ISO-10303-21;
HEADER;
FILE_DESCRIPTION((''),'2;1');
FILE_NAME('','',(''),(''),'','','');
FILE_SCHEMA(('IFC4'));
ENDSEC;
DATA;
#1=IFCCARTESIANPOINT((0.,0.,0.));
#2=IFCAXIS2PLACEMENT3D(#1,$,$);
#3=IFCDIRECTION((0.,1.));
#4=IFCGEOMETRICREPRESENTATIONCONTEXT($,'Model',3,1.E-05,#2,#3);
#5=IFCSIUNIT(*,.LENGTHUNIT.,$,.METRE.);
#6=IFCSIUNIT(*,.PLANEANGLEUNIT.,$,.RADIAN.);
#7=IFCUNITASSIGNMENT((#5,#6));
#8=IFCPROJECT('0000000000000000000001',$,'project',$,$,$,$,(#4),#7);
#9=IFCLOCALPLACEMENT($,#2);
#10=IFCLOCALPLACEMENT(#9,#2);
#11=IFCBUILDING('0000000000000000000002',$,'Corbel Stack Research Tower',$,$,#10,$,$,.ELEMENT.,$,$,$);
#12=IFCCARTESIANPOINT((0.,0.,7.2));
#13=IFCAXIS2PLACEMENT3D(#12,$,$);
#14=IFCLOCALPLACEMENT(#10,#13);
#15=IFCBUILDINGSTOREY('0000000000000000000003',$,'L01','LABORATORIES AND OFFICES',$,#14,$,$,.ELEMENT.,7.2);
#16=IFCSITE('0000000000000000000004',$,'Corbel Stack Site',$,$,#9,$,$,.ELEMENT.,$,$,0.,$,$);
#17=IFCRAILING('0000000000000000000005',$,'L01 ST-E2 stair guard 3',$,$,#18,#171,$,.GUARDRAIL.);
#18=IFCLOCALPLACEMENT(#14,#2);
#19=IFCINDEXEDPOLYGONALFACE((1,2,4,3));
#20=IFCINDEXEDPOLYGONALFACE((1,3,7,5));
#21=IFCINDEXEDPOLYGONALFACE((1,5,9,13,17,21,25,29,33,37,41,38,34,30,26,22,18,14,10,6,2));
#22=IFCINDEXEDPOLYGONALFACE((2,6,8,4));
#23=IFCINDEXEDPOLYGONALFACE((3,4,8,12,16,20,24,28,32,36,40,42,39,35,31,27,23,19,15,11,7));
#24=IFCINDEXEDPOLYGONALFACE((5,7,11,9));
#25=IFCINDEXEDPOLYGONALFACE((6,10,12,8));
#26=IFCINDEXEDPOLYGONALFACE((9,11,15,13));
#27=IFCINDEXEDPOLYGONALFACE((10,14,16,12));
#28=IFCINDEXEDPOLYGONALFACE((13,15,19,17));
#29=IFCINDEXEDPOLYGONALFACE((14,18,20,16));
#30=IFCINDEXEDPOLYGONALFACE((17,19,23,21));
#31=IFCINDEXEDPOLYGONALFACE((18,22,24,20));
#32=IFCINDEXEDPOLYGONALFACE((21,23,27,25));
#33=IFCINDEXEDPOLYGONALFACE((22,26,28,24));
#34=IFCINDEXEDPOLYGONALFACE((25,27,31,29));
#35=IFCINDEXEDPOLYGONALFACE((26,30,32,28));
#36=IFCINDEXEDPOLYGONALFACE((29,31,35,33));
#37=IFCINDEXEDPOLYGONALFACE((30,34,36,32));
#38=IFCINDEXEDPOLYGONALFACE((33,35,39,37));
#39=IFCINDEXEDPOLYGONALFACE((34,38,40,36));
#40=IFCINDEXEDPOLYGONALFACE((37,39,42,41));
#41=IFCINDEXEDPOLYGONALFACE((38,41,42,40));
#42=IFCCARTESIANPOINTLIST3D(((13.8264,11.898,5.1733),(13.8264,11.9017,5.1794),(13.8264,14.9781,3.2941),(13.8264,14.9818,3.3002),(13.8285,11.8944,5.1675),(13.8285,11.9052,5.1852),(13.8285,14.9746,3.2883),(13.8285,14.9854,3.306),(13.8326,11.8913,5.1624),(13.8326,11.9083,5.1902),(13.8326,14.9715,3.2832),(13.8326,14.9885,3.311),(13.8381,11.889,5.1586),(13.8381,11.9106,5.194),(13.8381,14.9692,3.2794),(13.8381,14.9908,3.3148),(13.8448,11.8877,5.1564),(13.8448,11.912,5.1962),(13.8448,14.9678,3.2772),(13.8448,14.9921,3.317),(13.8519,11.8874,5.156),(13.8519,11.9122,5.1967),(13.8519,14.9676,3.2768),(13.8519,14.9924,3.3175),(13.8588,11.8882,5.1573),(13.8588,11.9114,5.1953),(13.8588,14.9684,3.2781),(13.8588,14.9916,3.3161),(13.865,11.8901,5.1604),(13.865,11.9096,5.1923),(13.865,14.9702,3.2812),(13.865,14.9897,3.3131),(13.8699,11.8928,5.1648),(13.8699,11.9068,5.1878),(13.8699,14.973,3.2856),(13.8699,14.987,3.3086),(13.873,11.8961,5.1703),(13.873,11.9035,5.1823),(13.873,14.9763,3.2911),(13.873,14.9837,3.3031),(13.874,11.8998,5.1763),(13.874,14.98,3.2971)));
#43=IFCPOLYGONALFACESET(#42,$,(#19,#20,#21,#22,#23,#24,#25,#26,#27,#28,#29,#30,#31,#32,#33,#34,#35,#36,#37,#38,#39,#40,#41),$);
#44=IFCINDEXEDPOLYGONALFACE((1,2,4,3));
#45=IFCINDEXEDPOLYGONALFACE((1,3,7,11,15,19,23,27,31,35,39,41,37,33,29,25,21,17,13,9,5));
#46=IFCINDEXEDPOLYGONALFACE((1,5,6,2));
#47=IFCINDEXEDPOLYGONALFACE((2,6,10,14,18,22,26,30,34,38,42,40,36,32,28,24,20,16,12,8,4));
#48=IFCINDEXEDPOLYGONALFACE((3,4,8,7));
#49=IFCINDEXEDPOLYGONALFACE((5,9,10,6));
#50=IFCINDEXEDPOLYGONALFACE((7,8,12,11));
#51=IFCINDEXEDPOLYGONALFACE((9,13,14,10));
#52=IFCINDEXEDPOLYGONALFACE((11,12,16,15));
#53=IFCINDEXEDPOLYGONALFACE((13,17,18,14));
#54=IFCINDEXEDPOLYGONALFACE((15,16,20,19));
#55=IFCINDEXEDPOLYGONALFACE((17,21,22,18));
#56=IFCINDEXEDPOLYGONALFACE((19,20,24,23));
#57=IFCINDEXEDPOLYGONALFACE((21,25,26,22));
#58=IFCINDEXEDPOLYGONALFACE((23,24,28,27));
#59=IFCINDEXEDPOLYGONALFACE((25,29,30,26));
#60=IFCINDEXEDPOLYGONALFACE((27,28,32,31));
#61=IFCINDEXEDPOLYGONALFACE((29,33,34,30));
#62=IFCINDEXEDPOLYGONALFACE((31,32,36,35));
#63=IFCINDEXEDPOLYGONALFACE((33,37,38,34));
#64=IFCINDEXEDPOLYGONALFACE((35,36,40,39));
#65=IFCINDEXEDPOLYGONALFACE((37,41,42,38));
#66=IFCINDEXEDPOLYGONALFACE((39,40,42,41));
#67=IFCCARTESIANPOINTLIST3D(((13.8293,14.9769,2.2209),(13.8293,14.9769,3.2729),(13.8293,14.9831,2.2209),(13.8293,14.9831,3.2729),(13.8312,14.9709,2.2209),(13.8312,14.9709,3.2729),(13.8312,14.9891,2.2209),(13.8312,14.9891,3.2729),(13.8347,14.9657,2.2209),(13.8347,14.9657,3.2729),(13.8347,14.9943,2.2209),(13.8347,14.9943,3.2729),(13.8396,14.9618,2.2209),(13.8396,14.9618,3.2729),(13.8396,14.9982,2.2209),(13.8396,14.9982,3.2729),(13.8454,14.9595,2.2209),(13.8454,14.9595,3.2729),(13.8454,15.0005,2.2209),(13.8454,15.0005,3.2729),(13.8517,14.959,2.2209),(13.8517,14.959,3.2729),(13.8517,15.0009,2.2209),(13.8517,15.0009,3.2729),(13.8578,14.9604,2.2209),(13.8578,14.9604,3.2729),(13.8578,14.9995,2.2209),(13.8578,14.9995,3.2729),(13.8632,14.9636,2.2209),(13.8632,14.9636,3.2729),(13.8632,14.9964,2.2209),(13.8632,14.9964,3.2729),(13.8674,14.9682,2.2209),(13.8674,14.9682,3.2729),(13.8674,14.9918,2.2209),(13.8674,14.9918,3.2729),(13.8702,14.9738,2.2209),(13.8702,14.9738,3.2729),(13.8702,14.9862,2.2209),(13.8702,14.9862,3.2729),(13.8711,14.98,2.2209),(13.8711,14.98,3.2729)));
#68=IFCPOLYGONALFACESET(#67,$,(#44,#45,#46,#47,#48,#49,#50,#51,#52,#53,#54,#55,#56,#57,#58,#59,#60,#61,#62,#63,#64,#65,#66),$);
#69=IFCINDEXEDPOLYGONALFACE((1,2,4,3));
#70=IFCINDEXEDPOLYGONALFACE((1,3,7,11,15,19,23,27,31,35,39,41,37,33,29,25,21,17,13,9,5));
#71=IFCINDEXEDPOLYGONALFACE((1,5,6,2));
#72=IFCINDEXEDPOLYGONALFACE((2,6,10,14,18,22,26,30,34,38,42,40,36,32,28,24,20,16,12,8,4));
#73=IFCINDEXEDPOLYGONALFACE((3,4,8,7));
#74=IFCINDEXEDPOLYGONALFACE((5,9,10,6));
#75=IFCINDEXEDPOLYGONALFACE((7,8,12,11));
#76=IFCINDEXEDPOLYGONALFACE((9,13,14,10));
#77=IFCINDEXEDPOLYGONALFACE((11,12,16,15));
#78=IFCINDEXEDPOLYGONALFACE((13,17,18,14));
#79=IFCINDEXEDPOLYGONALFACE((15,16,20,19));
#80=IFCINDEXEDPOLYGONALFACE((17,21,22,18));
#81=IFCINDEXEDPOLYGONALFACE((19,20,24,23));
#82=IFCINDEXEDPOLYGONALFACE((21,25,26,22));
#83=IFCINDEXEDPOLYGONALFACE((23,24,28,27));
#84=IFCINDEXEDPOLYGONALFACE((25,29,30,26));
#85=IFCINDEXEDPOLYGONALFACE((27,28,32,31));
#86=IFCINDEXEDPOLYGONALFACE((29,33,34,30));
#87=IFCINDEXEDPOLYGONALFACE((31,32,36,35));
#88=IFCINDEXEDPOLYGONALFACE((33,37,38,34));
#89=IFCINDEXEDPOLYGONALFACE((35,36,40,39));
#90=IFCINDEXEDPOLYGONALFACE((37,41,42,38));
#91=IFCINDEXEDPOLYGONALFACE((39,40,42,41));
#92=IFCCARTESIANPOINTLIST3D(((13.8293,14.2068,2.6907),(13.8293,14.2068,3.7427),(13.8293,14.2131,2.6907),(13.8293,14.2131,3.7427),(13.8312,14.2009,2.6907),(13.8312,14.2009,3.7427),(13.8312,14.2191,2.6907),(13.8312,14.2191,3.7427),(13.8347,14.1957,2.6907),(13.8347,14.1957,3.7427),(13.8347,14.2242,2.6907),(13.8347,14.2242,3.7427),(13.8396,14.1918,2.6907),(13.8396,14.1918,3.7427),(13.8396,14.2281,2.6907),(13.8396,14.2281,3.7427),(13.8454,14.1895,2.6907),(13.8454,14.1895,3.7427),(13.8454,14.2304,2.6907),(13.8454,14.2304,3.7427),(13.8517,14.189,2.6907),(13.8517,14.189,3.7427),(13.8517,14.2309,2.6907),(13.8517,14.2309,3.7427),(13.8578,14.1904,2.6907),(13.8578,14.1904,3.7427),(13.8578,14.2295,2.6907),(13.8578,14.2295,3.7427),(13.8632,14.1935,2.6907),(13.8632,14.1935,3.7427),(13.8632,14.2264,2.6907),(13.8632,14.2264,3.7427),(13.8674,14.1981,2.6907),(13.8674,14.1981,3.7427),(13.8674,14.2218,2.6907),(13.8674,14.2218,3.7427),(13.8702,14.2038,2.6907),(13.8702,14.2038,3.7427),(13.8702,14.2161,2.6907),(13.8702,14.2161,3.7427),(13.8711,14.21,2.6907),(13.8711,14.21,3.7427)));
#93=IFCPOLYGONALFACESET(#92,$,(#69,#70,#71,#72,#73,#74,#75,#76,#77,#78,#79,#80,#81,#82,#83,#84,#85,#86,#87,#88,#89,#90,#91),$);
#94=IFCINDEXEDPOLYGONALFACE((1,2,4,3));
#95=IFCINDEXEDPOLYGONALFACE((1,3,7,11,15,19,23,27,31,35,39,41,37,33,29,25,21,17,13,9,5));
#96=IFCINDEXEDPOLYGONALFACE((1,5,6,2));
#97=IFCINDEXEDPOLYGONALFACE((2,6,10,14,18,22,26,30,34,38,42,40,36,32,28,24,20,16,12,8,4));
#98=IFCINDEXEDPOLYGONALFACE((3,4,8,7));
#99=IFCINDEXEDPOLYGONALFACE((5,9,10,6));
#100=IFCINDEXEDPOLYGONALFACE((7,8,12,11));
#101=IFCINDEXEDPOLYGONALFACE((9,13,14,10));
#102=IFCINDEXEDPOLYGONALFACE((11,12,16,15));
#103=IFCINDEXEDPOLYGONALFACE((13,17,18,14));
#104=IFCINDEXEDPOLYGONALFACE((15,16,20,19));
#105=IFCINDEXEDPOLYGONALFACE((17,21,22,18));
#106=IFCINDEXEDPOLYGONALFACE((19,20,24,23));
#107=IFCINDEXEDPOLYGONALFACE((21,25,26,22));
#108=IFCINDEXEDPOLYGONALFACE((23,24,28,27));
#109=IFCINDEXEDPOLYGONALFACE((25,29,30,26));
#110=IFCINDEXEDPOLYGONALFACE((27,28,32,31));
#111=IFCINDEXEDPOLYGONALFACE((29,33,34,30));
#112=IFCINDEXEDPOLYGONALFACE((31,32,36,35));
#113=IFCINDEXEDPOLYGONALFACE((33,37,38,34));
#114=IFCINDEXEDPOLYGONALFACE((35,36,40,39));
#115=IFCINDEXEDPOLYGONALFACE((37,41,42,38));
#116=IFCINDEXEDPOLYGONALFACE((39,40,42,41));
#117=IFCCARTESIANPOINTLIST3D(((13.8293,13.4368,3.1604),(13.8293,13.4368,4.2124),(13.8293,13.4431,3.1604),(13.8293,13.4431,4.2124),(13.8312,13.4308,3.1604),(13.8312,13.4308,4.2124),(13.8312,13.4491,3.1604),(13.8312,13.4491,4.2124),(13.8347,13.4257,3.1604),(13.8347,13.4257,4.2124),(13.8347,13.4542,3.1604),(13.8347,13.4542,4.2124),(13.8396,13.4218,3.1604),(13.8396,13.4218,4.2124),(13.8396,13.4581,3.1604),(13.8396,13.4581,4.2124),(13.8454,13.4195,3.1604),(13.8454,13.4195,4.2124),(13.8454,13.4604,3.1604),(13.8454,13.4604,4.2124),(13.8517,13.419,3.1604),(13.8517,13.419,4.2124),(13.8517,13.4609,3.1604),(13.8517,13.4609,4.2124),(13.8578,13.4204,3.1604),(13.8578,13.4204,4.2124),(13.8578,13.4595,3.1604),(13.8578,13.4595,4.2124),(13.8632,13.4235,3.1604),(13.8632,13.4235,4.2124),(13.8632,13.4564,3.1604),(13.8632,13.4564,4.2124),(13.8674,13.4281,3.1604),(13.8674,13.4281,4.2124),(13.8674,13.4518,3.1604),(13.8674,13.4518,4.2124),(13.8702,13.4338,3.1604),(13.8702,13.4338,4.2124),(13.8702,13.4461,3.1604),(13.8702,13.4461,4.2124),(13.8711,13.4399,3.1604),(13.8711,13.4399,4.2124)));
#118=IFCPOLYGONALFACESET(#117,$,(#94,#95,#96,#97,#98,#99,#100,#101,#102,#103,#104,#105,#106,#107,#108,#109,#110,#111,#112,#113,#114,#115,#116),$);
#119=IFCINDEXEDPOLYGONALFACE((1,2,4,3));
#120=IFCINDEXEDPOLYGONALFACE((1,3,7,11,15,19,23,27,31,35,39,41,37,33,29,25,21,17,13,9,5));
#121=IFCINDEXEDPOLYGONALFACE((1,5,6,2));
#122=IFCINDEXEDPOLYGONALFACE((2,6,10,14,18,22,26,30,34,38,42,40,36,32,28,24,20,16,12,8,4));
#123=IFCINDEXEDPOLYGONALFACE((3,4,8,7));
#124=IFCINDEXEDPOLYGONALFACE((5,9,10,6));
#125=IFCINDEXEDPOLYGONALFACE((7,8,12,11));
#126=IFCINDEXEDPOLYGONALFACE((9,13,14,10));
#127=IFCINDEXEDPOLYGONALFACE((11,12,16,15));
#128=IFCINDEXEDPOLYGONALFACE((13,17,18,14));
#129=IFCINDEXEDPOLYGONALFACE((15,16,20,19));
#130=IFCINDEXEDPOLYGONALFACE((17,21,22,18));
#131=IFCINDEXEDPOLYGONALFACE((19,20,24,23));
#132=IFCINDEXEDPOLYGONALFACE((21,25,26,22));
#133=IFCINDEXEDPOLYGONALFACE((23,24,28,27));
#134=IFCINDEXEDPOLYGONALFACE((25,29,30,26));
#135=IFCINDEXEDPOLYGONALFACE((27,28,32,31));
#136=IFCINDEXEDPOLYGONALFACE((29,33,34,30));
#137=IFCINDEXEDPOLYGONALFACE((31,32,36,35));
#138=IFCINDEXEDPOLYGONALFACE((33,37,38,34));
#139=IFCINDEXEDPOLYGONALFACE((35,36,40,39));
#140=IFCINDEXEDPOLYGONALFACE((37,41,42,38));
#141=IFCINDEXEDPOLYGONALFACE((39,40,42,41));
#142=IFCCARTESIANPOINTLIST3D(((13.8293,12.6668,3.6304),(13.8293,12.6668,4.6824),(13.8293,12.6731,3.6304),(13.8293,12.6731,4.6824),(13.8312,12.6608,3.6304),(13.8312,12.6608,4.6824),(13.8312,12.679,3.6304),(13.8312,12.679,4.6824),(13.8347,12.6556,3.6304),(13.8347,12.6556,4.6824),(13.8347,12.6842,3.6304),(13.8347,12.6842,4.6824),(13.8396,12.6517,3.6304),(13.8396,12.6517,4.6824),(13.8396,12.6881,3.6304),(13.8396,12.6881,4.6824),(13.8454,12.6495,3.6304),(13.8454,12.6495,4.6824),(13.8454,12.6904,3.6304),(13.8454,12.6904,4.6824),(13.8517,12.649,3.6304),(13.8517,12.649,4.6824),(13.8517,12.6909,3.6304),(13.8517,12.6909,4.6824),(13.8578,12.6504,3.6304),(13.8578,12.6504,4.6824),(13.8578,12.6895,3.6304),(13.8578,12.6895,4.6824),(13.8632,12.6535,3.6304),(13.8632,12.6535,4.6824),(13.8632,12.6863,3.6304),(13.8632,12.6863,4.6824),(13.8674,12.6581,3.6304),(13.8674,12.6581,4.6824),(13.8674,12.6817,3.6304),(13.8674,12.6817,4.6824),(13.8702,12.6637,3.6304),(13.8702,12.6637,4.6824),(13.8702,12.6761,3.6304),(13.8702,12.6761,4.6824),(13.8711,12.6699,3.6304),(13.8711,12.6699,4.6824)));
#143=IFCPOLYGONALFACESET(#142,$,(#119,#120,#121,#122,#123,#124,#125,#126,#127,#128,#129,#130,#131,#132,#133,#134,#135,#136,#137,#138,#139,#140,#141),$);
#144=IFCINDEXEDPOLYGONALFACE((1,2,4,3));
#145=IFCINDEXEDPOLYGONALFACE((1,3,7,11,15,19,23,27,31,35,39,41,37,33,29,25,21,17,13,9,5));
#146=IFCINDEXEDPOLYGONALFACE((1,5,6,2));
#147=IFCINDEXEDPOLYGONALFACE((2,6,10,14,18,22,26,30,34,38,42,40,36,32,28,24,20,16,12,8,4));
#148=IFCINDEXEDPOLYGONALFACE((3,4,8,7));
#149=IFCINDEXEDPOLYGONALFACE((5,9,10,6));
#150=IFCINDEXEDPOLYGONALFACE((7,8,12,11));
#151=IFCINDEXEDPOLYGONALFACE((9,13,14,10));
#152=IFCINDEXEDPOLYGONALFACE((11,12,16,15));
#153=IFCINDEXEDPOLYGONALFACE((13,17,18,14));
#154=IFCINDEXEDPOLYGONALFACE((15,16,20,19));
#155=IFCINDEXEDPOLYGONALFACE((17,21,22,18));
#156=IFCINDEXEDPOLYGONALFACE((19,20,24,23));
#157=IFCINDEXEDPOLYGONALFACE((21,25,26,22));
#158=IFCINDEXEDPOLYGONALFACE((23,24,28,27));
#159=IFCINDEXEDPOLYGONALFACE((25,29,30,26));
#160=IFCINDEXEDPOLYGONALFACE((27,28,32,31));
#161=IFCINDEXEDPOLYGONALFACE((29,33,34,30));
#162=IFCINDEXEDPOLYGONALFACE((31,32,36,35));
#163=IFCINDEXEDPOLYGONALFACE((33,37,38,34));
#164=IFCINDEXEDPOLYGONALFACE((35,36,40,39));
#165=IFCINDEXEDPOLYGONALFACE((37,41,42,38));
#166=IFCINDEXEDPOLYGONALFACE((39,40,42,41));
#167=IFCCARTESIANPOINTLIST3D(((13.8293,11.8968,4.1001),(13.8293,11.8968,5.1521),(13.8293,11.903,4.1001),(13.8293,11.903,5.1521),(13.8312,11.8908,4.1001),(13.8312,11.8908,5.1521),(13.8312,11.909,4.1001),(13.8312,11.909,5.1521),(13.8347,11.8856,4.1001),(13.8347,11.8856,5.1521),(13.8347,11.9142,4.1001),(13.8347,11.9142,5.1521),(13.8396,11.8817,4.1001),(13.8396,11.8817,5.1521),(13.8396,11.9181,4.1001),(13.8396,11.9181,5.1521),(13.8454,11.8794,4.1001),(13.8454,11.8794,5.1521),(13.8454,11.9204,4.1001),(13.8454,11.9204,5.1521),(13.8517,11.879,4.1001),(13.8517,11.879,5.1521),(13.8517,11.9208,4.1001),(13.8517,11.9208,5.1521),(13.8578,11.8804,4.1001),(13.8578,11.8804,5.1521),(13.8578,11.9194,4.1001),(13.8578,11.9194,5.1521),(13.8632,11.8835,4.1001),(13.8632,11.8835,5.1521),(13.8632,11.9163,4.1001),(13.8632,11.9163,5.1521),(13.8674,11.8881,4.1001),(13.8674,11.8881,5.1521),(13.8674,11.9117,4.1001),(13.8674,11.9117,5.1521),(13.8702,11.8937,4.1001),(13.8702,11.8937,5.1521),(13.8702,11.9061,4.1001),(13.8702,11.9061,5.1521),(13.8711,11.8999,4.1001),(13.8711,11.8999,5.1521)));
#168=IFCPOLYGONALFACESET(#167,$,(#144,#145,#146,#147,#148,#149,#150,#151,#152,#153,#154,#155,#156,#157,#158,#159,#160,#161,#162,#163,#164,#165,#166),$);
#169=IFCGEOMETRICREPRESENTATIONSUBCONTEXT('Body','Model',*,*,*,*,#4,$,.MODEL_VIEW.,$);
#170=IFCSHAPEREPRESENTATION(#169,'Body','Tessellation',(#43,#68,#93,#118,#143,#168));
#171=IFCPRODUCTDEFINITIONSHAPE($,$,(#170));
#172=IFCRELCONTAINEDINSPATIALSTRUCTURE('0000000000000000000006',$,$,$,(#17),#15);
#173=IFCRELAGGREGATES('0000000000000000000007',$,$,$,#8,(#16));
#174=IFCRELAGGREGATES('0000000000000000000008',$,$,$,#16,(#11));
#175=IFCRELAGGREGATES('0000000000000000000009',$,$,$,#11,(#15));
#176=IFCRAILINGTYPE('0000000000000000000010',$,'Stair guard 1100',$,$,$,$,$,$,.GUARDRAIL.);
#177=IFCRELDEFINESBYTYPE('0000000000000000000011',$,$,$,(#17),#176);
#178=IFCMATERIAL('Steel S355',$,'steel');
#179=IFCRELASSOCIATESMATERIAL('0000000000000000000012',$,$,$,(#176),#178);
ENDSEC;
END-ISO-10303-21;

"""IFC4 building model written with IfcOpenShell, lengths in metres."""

from ifc_helpers import new_model, si_unit, direction, frame, origin, origin_2d, place, context, subcontext, project, spatial, circle, extrude, material, type_object, element, save


model = new_model("IFC4")

# Units and contexts
model_context = context("Model", 3, precision=1e-05, world=origin(), true_north=direction((0.0, 1.0)))
body_context = subcontext(model_context, "Body", "Model", "MODEL_VIEW")
ifc_project = project(units=[si_unit("LENGTHUNIT", "METRE"), si_unit("PLANEANGLEUNIT", "RADIAN")], contexts=[model_context])

# Site, building, storey
site_placement = place(None, origin())
site = spatial("IfcSite", under=ifc_project, at=site_placement, Name="Corbel Stack Site", CompositionType="ELEMENT", RefElevation=0.0)
building_placement = place(site_placement, origin())
building = spatial("IfcBuilding", under=site, at=building_placement, Name="Corbel Stack Research Tower", CompositionType="ELEMENT")
storey_placement = place(building_placement, frame((0.0, 0.0, 7.2)))
storey = spatial("IfcBuildingStorey", under=building, at=storey_placement, Name="L01", Description="LABORATORIES AND OFFICES", CompositionType="ELEMENT", Elevation=7.2)

# Railing
ifc_material_1 = material(Name="Steel S355", Category="steel")
railing_type_1 = type_object("IfcRailingType", Name="Stair guard 1100", PredefinedType="GUARDRAIL", material=ifc_material_1)
railing_1_placement = place(storey_placement, frame((13.8501, 14.98, 2.2209)))
element("IfcRailing", 1, at=railing_1_placement, inside=storey, type_object=railing_type_1, Name="L01 ST-E2 stair guard 3", PredefinedType="GUARDRAIL", context=body_context, shape_type="SweptSolid", body=[
    extrude(circle(Radius=0.0239, at=origin_2d()), frame((0.0, 0.0, 1.0762), z_axis=(0.0, -0.853666, 0.52082), x_axis=(1.0, 0.0, 0.0)), (0.0, 0.0, 1.0), 3.6082),
    extrude(circle(Radius=0.021, at=origin_2d()), origin(), (0.0, 0.0, 1.0), 1.052),
    extrude(circle(Radius=0.021, at=origin_2d()), frame((0.0, -0.77, 0.4697)), (0.0, 0.0, 1.0), 1.052),
    extrude(circle(Radius=0.021, at=origin_2d()), frame((0.0, -1.54, 0.9395)), (0.0, 0.0, 1.0), 1.052),
    extrude(circle(Radius=0.021, at=origin_2d()), frame((0.0, -2.3101, 1.4094)), (0.0, 0.0, 1.0), 1.052),
    extrude(circle(Radius=0.021, at=origin_2d()), frame((0.0, -3.0801, 1.8792)), (0.0, 0.0, 1.0), 1.052),
])

save(model, "model.ifc")
